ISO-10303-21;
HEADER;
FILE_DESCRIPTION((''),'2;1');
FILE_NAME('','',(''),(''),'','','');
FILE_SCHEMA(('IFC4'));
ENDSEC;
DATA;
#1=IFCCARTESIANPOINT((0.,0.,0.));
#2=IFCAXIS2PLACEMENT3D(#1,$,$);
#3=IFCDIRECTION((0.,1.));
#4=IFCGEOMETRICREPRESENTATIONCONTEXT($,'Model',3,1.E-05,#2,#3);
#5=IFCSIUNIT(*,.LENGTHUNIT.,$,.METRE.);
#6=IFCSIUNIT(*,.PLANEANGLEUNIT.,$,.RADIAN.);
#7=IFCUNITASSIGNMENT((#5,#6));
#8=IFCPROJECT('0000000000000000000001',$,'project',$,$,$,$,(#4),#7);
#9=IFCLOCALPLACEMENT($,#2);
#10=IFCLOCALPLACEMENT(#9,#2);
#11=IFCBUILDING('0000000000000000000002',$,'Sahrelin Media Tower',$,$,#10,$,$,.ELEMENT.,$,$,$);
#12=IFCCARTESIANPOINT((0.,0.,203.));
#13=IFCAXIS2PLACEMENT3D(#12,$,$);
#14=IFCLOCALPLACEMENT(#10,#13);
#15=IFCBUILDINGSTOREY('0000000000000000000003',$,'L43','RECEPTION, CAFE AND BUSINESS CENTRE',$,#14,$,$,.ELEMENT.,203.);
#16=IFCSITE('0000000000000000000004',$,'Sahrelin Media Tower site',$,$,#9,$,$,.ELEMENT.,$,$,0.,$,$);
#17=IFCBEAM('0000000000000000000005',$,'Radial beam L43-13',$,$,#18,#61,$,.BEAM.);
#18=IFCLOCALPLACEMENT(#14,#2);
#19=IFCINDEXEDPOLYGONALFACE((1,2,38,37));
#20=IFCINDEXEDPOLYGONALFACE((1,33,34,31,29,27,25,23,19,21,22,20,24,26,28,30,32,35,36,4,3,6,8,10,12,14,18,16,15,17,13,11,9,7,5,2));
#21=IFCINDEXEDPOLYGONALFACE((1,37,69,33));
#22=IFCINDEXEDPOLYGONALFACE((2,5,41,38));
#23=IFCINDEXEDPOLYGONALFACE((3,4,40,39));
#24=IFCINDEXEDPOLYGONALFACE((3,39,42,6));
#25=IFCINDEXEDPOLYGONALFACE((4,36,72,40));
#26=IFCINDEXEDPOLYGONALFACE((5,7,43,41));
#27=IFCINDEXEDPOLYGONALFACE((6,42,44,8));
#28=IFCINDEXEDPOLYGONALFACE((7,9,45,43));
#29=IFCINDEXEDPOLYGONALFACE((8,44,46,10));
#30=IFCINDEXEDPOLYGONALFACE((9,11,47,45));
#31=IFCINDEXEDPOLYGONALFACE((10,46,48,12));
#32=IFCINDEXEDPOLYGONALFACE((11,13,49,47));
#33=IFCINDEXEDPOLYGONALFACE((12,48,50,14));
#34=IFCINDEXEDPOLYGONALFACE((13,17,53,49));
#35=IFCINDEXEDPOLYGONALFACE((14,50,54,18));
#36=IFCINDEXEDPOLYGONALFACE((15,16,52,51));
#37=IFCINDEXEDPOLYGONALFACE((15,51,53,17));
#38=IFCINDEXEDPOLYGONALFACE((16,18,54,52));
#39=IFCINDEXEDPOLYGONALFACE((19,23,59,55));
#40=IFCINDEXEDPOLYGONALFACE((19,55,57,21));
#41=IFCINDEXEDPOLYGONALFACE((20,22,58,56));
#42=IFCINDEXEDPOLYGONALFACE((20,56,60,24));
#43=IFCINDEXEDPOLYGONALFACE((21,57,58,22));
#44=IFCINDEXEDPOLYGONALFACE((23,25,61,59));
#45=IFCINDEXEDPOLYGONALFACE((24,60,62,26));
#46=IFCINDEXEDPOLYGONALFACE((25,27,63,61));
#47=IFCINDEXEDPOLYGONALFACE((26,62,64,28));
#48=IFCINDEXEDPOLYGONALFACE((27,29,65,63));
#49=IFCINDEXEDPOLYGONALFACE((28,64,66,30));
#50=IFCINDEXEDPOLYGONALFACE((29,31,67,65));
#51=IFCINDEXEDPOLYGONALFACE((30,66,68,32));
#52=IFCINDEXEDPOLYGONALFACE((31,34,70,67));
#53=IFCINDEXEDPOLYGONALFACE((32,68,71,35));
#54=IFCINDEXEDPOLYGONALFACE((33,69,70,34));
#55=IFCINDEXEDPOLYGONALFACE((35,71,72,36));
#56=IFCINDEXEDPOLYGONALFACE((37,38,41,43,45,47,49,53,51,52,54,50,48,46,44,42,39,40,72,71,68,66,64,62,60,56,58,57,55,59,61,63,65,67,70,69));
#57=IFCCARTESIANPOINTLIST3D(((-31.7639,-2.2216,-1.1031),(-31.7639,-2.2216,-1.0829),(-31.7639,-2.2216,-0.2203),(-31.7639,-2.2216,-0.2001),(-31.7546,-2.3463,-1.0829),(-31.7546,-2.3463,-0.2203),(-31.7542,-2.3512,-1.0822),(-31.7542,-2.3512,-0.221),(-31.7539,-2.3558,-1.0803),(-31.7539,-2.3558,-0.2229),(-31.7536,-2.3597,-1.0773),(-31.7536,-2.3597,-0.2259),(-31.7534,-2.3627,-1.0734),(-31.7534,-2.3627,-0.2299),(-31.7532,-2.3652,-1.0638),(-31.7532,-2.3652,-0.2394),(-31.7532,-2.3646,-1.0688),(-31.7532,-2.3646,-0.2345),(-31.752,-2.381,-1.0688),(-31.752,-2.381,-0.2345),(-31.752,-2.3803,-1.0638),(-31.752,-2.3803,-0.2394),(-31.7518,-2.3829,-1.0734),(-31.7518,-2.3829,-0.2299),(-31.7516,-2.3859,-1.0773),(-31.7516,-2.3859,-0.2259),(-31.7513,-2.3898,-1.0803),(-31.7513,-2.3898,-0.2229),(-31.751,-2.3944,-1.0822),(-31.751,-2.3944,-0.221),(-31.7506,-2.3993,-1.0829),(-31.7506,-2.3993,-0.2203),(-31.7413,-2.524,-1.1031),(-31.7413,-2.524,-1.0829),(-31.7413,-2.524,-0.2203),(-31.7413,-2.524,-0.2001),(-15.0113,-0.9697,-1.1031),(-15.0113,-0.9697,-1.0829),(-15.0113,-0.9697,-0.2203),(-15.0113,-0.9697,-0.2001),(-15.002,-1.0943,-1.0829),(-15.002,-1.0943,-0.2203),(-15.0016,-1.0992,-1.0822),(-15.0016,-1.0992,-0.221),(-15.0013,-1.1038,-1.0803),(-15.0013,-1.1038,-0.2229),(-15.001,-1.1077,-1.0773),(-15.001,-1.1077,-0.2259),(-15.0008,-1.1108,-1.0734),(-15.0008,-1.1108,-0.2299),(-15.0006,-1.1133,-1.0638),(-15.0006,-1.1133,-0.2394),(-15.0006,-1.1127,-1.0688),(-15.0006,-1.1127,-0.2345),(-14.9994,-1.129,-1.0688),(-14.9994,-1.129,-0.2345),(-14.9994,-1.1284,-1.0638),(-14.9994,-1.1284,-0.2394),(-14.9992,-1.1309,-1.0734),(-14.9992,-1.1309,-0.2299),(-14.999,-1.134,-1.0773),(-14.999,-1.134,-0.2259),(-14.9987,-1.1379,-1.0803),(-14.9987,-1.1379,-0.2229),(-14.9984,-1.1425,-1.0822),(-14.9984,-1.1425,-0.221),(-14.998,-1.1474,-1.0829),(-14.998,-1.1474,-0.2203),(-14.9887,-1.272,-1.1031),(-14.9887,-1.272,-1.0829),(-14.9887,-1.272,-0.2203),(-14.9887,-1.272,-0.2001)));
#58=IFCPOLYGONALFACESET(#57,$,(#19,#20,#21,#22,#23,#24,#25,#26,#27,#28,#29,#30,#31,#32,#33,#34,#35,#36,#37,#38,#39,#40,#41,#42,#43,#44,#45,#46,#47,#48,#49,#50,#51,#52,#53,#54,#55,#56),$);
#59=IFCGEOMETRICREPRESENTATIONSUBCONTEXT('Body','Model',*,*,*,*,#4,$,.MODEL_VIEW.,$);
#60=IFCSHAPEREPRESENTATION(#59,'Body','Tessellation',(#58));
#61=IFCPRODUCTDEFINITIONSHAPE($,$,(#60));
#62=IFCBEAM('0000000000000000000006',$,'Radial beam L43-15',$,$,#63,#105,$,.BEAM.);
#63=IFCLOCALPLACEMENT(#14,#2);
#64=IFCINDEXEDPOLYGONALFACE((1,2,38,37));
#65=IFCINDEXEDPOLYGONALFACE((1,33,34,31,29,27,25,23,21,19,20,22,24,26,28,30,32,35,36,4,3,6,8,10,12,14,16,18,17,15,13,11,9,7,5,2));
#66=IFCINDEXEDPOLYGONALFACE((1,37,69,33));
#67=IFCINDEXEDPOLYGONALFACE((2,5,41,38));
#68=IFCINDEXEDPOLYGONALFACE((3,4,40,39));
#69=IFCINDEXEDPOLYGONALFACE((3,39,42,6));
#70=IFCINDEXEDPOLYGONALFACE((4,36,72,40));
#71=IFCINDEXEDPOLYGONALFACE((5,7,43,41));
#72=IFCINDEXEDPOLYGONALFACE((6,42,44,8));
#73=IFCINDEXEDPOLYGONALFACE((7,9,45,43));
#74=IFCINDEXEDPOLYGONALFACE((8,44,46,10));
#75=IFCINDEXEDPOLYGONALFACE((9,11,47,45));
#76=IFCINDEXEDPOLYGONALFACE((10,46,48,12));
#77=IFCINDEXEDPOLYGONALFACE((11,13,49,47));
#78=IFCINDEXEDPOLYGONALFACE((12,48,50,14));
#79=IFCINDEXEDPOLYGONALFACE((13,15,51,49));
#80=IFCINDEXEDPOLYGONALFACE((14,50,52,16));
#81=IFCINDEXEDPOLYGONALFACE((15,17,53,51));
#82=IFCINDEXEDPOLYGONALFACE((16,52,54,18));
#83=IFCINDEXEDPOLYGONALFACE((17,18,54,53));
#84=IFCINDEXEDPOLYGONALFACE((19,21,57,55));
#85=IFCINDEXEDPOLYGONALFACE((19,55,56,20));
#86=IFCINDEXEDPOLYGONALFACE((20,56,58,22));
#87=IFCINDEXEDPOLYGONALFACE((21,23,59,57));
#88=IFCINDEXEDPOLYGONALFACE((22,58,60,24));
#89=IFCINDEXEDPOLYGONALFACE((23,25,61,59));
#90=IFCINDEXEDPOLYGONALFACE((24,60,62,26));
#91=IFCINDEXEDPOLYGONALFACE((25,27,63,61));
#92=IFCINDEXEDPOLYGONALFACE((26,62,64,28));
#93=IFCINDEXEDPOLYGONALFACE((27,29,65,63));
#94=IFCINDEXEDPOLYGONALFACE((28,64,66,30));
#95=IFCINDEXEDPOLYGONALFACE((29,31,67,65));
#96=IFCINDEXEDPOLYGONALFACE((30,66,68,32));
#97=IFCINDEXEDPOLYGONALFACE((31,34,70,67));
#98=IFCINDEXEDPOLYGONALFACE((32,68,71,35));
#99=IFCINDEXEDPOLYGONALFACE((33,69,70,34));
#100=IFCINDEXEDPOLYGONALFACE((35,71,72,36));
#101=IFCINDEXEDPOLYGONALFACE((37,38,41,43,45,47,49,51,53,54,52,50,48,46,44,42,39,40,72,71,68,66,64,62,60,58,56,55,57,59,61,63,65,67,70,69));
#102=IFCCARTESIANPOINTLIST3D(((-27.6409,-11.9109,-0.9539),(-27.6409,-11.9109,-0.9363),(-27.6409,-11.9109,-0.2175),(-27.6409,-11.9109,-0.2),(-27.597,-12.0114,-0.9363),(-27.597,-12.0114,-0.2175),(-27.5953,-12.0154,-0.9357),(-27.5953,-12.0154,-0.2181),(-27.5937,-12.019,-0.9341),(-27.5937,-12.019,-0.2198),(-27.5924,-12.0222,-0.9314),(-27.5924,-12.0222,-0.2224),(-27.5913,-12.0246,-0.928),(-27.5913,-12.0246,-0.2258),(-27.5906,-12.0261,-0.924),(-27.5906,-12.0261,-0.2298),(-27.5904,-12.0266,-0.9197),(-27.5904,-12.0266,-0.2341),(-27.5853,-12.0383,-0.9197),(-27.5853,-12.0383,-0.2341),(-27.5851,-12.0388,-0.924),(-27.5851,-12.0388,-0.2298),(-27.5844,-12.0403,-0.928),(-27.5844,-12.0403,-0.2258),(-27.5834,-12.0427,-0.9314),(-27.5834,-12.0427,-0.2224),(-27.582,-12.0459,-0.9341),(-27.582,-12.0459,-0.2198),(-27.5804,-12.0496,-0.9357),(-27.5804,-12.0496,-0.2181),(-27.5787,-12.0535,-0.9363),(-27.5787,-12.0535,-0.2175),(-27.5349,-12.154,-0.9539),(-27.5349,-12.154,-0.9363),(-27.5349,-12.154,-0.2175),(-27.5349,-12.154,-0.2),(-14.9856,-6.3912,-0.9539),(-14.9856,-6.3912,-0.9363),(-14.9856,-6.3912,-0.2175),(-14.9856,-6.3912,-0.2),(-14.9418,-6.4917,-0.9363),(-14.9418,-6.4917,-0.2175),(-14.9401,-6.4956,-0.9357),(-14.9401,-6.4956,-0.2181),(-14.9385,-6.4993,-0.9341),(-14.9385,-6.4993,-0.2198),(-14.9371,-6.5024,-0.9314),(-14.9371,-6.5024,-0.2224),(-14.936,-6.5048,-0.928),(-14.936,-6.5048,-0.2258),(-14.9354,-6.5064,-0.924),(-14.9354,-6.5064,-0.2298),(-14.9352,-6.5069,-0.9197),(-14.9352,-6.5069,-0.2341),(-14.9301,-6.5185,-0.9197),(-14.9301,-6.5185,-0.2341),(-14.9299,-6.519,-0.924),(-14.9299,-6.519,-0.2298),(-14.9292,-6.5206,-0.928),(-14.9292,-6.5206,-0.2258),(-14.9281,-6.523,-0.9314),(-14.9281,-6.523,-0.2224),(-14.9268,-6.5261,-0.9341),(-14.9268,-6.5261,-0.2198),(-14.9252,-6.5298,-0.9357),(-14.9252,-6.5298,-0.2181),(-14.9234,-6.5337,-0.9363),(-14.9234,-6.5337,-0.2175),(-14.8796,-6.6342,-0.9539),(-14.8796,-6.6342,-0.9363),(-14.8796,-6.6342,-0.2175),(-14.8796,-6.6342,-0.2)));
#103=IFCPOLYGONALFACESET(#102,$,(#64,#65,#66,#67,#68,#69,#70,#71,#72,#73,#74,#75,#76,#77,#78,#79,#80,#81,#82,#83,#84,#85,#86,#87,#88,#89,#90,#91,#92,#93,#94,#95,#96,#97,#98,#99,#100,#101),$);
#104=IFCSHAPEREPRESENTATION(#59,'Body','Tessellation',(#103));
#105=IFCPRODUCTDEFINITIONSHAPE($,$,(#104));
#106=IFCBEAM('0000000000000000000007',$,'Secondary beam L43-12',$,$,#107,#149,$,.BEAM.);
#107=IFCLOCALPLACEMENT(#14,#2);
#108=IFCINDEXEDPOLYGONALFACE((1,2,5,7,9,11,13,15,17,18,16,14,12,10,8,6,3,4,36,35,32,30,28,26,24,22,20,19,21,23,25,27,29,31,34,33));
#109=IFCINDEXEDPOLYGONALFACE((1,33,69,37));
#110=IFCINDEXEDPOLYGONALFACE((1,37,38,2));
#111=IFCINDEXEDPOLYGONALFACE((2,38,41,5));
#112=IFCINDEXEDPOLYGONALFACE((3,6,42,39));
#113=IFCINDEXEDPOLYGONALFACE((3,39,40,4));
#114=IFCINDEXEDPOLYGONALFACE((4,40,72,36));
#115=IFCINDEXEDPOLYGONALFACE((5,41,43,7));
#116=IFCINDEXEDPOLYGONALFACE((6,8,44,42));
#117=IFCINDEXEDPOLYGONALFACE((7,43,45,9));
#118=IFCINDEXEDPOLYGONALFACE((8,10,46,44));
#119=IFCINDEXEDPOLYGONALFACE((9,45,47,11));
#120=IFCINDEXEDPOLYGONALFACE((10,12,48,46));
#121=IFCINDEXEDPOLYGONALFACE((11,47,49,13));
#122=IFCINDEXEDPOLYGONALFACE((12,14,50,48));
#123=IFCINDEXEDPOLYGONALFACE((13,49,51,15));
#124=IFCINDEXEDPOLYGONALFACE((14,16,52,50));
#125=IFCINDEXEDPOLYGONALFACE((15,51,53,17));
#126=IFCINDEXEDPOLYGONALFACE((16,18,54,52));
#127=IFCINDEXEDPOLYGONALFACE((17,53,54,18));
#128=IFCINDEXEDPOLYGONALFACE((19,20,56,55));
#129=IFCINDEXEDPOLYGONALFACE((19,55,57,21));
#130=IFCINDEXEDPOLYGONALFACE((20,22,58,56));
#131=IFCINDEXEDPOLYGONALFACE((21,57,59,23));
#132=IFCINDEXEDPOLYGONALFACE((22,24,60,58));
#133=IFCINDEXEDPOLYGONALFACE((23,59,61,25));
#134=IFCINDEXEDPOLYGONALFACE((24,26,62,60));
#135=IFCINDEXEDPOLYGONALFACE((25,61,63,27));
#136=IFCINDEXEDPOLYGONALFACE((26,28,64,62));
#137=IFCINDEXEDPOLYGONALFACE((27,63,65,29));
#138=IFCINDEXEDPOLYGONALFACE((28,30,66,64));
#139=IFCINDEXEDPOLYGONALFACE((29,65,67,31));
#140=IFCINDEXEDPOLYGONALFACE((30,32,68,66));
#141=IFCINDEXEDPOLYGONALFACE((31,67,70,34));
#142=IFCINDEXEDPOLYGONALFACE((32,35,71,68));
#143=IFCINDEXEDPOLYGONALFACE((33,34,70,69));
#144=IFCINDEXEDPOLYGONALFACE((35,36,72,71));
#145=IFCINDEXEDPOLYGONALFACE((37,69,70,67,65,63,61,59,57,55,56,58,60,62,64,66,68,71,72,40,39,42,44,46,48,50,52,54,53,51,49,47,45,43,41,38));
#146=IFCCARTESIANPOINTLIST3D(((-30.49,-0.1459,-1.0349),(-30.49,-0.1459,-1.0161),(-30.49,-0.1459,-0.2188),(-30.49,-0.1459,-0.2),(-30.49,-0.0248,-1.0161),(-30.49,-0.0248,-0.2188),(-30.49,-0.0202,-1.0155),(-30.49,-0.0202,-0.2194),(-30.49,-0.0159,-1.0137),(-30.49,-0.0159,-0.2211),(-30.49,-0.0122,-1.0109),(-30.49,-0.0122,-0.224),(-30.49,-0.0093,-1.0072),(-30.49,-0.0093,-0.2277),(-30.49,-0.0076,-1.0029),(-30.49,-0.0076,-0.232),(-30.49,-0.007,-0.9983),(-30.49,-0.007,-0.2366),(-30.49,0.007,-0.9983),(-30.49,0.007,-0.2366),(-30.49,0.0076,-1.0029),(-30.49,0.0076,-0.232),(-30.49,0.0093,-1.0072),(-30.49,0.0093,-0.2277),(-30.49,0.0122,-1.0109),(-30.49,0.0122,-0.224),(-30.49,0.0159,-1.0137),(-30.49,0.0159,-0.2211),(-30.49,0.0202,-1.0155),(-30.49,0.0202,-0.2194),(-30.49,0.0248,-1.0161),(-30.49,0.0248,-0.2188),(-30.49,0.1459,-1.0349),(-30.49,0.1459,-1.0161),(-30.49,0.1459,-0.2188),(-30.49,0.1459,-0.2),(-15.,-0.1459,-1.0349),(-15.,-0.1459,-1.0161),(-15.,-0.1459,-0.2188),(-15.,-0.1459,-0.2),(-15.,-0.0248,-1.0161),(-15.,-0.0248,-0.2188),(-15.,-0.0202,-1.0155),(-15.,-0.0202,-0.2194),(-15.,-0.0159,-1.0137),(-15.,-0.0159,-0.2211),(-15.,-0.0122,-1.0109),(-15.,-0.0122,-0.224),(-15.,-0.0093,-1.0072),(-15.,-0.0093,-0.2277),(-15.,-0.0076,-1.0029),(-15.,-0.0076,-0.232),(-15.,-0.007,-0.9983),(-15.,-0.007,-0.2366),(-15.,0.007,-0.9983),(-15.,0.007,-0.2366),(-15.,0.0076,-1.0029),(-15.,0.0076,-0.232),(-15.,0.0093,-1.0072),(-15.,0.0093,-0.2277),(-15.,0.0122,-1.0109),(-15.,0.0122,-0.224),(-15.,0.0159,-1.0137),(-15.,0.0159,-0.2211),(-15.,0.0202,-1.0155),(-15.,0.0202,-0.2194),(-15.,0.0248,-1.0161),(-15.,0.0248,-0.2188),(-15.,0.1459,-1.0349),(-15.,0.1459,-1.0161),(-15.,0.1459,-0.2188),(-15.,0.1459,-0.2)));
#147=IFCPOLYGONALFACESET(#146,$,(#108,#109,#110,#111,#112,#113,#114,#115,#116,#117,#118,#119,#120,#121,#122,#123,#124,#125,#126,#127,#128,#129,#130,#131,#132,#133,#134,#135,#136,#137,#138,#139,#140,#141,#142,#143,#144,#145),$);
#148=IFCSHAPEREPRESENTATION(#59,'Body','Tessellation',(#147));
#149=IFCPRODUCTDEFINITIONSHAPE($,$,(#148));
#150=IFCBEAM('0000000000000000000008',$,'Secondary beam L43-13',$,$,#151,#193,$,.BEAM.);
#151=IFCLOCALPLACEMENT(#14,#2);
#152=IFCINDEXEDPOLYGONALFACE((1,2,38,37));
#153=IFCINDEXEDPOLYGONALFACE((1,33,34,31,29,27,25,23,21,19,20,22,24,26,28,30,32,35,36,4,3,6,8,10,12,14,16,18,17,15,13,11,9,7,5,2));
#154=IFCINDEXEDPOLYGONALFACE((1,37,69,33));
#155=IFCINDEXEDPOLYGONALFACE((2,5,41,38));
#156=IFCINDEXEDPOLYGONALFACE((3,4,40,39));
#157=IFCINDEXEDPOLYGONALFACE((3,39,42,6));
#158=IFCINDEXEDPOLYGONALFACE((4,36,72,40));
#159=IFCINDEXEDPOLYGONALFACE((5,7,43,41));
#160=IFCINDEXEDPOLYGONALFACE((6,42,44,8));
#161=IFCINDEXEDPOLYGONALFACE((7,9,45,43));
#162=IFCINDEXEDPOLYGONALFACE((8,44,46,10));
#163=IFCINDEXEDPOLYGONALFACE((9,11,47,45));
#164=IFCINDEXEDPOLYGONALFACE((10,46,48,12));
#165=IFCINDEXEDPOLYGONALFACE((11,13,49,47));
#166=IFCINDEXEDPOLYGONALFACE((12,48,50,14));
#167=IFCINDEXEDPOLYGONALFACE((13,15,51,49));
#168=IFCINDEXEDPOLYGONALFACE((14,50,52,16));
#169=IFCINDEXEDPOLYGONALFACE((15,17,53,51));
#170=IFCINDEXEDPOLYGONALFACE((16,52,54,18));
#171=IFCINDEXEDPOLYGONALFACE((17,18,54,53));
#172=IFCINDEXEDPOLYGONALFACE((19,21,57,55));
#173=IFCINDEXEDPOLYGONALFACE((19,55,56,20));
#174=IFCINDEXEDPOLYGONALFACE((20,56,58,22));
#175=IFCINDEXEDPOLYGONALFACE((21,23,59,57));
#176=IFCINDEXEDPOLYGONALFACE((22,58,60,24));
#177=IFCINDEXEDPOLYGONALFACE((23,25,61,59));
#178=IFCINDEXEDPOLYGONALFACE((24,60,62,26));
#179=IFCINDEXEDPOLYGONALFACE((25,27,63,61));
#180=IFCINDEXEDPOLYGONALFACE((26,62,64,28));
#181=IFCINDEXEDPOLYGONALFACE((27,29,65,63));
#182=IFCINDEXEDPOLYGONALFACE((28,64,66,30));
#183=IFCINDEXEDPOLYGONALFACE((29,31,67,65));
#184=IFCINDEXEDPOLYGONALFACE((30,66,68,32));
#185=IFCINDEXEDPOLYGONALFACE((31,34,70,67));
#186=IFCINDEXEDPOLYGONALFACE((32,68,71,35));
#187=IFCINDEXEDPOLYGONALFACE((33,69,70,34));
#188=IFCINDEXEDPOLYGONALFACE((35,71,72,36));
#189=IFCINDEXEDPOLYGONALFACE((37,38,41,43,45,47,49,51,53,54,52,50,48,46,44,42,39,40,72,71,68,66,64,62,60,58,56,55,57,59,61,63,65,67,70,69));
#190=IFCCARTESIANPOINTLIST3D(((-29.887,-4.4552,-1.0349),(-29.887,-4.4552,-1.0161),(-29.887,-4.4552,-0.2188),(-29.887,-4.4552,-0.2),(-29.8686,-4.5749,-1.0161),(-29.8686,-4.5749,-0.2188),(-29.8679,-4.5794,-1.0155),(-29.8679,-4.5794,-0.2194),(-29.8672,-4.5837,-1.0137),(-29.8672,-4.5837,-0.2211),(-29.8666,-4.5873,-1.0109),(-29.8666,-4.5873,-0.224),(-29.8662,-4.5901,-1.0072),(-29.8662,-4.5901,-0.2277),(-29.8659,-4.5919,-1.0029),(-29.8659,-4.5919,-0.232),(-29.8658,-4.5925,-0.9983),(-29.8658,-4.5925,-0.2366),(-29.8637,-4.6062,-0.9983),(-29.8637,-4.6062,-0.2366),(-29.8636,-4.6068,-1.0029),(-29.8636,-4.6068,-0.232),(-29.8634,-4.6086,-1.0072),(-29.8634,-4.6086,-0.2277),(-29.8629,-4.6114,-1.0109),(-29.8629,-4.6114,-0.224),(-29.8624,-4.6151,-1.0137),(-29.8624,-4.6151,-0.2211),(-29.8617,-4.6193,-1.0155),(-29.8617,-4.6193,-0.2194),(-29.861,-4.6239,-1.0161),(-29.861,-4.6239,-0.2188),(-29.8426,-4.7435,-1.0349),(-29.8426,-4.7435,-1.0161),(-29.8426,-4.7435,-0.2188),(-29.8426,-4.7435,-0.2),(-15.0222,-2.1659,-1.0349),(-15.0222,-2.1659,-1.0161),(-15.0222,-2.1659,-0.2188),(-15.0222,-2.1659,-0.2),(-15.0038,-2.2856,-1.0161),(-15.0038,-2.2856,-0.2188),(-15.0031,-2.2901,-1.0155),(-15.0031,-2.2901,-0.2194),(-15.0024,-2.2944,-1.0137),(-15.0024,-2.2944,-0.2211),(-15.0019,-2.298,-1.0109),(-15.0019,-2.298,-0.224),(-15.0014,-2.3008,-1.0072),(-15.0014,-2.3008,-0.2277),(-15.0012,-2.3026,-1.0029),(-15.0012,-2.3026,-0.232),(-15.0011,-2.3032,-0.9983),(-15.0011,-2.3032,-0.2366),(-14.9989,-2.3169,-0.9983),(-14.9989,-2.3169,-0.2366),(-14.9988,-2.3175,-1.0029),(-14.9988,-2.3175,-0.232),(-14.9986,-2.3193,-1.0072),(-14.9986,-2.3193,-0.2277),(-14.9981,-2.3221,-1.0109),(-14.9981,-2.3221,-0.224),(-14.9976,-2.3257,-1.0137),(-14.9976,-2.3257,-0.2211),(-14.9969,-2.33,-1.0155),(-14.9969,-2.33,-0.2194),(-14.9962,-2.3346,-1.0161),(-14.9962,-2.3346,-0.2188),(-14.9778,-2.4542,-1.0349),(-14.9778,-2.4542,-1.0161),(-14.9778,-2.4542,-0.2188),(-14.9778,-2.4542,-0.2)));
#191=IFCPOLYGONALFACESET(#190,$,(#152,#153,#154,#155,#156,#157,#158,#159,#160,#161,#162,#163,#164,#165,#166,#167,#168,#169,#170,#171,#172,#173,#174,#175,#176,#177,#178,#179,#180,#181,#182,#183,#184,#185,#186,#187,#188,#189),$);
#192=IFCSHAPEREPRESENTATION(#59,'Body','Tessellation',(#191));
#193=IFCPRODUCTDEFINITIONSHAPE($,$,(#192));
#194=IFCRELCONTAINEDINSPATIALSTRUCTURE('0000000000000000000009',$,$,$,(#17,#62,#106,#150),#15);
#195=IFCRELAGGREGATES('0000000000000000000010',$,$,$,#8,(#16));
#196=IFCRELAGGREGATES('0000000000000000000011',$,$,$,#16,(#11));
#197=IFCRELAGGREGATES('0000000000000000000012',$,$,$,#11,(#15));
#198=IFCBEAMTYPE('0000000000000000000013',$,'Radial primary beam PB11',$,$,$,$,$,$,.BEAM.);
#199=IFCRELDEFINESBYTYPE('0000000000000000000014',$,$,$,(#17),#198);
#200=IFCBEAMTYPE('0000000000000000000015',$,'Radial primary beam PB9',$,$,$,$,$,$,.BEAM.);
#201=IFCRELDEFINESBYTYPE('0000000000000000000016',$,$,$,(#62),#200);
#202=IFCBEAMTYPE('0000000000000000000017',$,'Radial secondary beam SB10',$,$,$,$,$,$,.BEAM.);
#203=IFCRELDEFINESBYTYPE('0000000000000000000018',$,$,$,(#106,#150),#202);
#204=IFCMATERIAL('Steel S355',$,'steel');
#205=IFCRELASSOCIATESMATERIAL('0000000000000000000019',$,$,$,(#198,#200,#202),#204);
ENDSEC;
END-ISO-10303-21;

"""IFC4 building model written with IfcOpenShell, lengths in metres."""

from ifc_helpers import new_model, si_unit, direction, frame, origin, origin_2d, place, context, subcontext, project, spatial, i_section, extrude, material, material_profile, profile_set, type_object, element, save


model = new_model("IFC4")

# Units and contexts
model_context = context("Model", 3, precision=1e-05, world=origin(), true_north=direction((0.0, 1.0)))
body_context = subcontext(model_context, "Body", "Model", "MODEL_VIEW")
ifc_project = project(units=[si_unit("LENGTHUNIT", "METRE"), si_unit("PLANEANGLEUNIT", "RADIAN")], contexts=[model_context])

# Site, building, storey
site_placement = place(None, origin())
site = spatial("IfcSite", under=ifc_project, at=site_placement, Name="Sahrelin Media Tower site", CompositionType="ELEMENT", RefElevation=0.0)
building_placement = place(site_placement, origin())
building = spatial("IfcBuilding", under=site, at=building_placement, Name="Sahrelin Media Tower", CompositionType="ELEMENT")
storey_placement = place(building_placement, frame((0.0, 0.0, 203.0)))
storey = spatial("IfcBuildingStorey", under=building, at=storey_placement, Name="L43", Description="RECEPTION, CAFE AND BUSINESS CENTRE", CompositionType="ELEMENT", Elevation=203.0)

# Beams
ifc_material_1 = material(Name="Steel S355", Category="steel")
ifc_material_profile_1 = material_profile(ifc_material_1, i_section(OverallWidth=0.3032, OverallDepth=0.9031, WebThickness=0.0151, FlangeThickness=0.0203, FilletRadius=0.019, at=origin_2d()), Name="UB 914x305x201")
ifc_profile_set_1 = profile_set([ifc_material_profile_1], Name="Steel S355")
beam_type_1 = type_object("IfcBeamType", Name="Radial primary beam PB11", PredefinedType="BEAM", material=ifc_profile_set_1)
beam_1_placement = place(storey_placement, frame((-15.0, -1.1208, -0.6516), z_axis=(-0.997219, -0.074524, 0.0), x_axis=(0.074524, -0.997219, 0.0)))
element("IfcBeam", 1, at=beam_1_placement, inside=storey, type_object=beam_type_1, Name="Radial beam L43-13", PredefinedType="BEAM", context=body_context, shape_type="SweptSolid", body=[
    extrude(i_section(OverallWidth=0.3032, OverallDepth=0.9031, WebThickness=0.0151, FlangeThickness=0.0203, FilletRadius=0.019, at=origin_2d()), origin(), (0.0, 0.0, 1.0), 16.7993),
])
ifc_material_profile_2 = material_profile(ifc_material_1, i_section(OverallWidth=0.2651, OverallDepth=0.7539, WebThickness=0.0127, FlangeThickness=0.0176, FilletRadius=0.0166, at=origin_2d()), Name="UB 762x267x147")
ifc_profile_set_2 = profile_set([ifc_material_profile_2], Name="Steel S355")
beam_type_2 = type_object("IfcBeamType", Name="Radial primary beam PB9", PredefinedType="BEAM", material=ifc_profile_set_2)
beam_2_placement = place(storey_placement, frame((-14.9326, -6.5127, -0.5769), z_axis=(-0.916606, -0.399791, 0.0), x_axis=(0.399791, -0.916606, 0.0)))
element("IfcBeam", 2, at=beam_2_placement, inside=storey, type_object=beam_type_2, Name="Radial beam L43-15", PredefinedType="BEAM", context=body_context, shape_type="SweptSolid", body=[
    extrude(i_section(OverallWidth=0.2651, OverallDepth=0.7539, WebThickness=0.0127, FlangeThickness=0.0176, FilletRadius=0.0166, at=origin_2d()), origin(), (0.0, 0.0, 1.0), 13.8066),
])
ifc_material_profile_3 = material_profile(ifc_material_1, i_section(OverallWidth=0.2917, OverallDepth=0.835, WebThickness=0.0139, FlangeThickness=0.0188, FilletRadius=0.0178, at=origin_2d()), Name="UB 838x292x176")
ifc_profile_set_3 = profile_set([ifc_material_profile_3], Name="Steel S355")
beam_type_3 = type_object("IfcBeamType", Name="Radial secondary beam SB10", PredefinedType="BEAM", material=ifc_profile_set_3)
beam_3_placement = place(storey_placement, frame((-15.0, 0.0, -0.6174), z_axis=(-1.0, 0.0, 0.0), x_axis=(0.0, -1.0, 0.0)))
element("IfcBeam", 3, at=beam_3_placement, inside=storey, type_object=beam_type_3, Name="Secondary beam L43-12", PredefinedType="BEAM", context=body_context, shape_type="SweptSolid", body=[
    extrude(i_section(OverallWidth=0.2917, OverallDepth=0.835, WebThickness=0.0139, FlangeThickness=0.0188, FilletRadius=0.0178, at=origin_2d()), origin(), (0.0, 0.0, 1.0), 15.49),
])
beam_4_placement = place(storey_placement, frame((-15.0, -2.3101, -0.6174), z_axis=(-0.988347, -0.152215, 0.0), x_axis=(0.152215, -0.988347, 0.0)))
element("IfcBeam", 4, at=beam_4_placement, inside=storey, type_object=beam_type_3, Name="Secondary beam L43-13", PredefinedType="BEAM", context=body_context, shape_type="SweptSolid", body=[
    extrude(i_section(OverallWidth=0.2917, OverallDepth=0.835, WebThickness=0.0139, FlangeThickness=0.0188, FilletRadius=0.0178, at=origin_2d()), origin(), (0.0, 0.0, 1.0), 15.04),
])

save(model, "model.ifc")
